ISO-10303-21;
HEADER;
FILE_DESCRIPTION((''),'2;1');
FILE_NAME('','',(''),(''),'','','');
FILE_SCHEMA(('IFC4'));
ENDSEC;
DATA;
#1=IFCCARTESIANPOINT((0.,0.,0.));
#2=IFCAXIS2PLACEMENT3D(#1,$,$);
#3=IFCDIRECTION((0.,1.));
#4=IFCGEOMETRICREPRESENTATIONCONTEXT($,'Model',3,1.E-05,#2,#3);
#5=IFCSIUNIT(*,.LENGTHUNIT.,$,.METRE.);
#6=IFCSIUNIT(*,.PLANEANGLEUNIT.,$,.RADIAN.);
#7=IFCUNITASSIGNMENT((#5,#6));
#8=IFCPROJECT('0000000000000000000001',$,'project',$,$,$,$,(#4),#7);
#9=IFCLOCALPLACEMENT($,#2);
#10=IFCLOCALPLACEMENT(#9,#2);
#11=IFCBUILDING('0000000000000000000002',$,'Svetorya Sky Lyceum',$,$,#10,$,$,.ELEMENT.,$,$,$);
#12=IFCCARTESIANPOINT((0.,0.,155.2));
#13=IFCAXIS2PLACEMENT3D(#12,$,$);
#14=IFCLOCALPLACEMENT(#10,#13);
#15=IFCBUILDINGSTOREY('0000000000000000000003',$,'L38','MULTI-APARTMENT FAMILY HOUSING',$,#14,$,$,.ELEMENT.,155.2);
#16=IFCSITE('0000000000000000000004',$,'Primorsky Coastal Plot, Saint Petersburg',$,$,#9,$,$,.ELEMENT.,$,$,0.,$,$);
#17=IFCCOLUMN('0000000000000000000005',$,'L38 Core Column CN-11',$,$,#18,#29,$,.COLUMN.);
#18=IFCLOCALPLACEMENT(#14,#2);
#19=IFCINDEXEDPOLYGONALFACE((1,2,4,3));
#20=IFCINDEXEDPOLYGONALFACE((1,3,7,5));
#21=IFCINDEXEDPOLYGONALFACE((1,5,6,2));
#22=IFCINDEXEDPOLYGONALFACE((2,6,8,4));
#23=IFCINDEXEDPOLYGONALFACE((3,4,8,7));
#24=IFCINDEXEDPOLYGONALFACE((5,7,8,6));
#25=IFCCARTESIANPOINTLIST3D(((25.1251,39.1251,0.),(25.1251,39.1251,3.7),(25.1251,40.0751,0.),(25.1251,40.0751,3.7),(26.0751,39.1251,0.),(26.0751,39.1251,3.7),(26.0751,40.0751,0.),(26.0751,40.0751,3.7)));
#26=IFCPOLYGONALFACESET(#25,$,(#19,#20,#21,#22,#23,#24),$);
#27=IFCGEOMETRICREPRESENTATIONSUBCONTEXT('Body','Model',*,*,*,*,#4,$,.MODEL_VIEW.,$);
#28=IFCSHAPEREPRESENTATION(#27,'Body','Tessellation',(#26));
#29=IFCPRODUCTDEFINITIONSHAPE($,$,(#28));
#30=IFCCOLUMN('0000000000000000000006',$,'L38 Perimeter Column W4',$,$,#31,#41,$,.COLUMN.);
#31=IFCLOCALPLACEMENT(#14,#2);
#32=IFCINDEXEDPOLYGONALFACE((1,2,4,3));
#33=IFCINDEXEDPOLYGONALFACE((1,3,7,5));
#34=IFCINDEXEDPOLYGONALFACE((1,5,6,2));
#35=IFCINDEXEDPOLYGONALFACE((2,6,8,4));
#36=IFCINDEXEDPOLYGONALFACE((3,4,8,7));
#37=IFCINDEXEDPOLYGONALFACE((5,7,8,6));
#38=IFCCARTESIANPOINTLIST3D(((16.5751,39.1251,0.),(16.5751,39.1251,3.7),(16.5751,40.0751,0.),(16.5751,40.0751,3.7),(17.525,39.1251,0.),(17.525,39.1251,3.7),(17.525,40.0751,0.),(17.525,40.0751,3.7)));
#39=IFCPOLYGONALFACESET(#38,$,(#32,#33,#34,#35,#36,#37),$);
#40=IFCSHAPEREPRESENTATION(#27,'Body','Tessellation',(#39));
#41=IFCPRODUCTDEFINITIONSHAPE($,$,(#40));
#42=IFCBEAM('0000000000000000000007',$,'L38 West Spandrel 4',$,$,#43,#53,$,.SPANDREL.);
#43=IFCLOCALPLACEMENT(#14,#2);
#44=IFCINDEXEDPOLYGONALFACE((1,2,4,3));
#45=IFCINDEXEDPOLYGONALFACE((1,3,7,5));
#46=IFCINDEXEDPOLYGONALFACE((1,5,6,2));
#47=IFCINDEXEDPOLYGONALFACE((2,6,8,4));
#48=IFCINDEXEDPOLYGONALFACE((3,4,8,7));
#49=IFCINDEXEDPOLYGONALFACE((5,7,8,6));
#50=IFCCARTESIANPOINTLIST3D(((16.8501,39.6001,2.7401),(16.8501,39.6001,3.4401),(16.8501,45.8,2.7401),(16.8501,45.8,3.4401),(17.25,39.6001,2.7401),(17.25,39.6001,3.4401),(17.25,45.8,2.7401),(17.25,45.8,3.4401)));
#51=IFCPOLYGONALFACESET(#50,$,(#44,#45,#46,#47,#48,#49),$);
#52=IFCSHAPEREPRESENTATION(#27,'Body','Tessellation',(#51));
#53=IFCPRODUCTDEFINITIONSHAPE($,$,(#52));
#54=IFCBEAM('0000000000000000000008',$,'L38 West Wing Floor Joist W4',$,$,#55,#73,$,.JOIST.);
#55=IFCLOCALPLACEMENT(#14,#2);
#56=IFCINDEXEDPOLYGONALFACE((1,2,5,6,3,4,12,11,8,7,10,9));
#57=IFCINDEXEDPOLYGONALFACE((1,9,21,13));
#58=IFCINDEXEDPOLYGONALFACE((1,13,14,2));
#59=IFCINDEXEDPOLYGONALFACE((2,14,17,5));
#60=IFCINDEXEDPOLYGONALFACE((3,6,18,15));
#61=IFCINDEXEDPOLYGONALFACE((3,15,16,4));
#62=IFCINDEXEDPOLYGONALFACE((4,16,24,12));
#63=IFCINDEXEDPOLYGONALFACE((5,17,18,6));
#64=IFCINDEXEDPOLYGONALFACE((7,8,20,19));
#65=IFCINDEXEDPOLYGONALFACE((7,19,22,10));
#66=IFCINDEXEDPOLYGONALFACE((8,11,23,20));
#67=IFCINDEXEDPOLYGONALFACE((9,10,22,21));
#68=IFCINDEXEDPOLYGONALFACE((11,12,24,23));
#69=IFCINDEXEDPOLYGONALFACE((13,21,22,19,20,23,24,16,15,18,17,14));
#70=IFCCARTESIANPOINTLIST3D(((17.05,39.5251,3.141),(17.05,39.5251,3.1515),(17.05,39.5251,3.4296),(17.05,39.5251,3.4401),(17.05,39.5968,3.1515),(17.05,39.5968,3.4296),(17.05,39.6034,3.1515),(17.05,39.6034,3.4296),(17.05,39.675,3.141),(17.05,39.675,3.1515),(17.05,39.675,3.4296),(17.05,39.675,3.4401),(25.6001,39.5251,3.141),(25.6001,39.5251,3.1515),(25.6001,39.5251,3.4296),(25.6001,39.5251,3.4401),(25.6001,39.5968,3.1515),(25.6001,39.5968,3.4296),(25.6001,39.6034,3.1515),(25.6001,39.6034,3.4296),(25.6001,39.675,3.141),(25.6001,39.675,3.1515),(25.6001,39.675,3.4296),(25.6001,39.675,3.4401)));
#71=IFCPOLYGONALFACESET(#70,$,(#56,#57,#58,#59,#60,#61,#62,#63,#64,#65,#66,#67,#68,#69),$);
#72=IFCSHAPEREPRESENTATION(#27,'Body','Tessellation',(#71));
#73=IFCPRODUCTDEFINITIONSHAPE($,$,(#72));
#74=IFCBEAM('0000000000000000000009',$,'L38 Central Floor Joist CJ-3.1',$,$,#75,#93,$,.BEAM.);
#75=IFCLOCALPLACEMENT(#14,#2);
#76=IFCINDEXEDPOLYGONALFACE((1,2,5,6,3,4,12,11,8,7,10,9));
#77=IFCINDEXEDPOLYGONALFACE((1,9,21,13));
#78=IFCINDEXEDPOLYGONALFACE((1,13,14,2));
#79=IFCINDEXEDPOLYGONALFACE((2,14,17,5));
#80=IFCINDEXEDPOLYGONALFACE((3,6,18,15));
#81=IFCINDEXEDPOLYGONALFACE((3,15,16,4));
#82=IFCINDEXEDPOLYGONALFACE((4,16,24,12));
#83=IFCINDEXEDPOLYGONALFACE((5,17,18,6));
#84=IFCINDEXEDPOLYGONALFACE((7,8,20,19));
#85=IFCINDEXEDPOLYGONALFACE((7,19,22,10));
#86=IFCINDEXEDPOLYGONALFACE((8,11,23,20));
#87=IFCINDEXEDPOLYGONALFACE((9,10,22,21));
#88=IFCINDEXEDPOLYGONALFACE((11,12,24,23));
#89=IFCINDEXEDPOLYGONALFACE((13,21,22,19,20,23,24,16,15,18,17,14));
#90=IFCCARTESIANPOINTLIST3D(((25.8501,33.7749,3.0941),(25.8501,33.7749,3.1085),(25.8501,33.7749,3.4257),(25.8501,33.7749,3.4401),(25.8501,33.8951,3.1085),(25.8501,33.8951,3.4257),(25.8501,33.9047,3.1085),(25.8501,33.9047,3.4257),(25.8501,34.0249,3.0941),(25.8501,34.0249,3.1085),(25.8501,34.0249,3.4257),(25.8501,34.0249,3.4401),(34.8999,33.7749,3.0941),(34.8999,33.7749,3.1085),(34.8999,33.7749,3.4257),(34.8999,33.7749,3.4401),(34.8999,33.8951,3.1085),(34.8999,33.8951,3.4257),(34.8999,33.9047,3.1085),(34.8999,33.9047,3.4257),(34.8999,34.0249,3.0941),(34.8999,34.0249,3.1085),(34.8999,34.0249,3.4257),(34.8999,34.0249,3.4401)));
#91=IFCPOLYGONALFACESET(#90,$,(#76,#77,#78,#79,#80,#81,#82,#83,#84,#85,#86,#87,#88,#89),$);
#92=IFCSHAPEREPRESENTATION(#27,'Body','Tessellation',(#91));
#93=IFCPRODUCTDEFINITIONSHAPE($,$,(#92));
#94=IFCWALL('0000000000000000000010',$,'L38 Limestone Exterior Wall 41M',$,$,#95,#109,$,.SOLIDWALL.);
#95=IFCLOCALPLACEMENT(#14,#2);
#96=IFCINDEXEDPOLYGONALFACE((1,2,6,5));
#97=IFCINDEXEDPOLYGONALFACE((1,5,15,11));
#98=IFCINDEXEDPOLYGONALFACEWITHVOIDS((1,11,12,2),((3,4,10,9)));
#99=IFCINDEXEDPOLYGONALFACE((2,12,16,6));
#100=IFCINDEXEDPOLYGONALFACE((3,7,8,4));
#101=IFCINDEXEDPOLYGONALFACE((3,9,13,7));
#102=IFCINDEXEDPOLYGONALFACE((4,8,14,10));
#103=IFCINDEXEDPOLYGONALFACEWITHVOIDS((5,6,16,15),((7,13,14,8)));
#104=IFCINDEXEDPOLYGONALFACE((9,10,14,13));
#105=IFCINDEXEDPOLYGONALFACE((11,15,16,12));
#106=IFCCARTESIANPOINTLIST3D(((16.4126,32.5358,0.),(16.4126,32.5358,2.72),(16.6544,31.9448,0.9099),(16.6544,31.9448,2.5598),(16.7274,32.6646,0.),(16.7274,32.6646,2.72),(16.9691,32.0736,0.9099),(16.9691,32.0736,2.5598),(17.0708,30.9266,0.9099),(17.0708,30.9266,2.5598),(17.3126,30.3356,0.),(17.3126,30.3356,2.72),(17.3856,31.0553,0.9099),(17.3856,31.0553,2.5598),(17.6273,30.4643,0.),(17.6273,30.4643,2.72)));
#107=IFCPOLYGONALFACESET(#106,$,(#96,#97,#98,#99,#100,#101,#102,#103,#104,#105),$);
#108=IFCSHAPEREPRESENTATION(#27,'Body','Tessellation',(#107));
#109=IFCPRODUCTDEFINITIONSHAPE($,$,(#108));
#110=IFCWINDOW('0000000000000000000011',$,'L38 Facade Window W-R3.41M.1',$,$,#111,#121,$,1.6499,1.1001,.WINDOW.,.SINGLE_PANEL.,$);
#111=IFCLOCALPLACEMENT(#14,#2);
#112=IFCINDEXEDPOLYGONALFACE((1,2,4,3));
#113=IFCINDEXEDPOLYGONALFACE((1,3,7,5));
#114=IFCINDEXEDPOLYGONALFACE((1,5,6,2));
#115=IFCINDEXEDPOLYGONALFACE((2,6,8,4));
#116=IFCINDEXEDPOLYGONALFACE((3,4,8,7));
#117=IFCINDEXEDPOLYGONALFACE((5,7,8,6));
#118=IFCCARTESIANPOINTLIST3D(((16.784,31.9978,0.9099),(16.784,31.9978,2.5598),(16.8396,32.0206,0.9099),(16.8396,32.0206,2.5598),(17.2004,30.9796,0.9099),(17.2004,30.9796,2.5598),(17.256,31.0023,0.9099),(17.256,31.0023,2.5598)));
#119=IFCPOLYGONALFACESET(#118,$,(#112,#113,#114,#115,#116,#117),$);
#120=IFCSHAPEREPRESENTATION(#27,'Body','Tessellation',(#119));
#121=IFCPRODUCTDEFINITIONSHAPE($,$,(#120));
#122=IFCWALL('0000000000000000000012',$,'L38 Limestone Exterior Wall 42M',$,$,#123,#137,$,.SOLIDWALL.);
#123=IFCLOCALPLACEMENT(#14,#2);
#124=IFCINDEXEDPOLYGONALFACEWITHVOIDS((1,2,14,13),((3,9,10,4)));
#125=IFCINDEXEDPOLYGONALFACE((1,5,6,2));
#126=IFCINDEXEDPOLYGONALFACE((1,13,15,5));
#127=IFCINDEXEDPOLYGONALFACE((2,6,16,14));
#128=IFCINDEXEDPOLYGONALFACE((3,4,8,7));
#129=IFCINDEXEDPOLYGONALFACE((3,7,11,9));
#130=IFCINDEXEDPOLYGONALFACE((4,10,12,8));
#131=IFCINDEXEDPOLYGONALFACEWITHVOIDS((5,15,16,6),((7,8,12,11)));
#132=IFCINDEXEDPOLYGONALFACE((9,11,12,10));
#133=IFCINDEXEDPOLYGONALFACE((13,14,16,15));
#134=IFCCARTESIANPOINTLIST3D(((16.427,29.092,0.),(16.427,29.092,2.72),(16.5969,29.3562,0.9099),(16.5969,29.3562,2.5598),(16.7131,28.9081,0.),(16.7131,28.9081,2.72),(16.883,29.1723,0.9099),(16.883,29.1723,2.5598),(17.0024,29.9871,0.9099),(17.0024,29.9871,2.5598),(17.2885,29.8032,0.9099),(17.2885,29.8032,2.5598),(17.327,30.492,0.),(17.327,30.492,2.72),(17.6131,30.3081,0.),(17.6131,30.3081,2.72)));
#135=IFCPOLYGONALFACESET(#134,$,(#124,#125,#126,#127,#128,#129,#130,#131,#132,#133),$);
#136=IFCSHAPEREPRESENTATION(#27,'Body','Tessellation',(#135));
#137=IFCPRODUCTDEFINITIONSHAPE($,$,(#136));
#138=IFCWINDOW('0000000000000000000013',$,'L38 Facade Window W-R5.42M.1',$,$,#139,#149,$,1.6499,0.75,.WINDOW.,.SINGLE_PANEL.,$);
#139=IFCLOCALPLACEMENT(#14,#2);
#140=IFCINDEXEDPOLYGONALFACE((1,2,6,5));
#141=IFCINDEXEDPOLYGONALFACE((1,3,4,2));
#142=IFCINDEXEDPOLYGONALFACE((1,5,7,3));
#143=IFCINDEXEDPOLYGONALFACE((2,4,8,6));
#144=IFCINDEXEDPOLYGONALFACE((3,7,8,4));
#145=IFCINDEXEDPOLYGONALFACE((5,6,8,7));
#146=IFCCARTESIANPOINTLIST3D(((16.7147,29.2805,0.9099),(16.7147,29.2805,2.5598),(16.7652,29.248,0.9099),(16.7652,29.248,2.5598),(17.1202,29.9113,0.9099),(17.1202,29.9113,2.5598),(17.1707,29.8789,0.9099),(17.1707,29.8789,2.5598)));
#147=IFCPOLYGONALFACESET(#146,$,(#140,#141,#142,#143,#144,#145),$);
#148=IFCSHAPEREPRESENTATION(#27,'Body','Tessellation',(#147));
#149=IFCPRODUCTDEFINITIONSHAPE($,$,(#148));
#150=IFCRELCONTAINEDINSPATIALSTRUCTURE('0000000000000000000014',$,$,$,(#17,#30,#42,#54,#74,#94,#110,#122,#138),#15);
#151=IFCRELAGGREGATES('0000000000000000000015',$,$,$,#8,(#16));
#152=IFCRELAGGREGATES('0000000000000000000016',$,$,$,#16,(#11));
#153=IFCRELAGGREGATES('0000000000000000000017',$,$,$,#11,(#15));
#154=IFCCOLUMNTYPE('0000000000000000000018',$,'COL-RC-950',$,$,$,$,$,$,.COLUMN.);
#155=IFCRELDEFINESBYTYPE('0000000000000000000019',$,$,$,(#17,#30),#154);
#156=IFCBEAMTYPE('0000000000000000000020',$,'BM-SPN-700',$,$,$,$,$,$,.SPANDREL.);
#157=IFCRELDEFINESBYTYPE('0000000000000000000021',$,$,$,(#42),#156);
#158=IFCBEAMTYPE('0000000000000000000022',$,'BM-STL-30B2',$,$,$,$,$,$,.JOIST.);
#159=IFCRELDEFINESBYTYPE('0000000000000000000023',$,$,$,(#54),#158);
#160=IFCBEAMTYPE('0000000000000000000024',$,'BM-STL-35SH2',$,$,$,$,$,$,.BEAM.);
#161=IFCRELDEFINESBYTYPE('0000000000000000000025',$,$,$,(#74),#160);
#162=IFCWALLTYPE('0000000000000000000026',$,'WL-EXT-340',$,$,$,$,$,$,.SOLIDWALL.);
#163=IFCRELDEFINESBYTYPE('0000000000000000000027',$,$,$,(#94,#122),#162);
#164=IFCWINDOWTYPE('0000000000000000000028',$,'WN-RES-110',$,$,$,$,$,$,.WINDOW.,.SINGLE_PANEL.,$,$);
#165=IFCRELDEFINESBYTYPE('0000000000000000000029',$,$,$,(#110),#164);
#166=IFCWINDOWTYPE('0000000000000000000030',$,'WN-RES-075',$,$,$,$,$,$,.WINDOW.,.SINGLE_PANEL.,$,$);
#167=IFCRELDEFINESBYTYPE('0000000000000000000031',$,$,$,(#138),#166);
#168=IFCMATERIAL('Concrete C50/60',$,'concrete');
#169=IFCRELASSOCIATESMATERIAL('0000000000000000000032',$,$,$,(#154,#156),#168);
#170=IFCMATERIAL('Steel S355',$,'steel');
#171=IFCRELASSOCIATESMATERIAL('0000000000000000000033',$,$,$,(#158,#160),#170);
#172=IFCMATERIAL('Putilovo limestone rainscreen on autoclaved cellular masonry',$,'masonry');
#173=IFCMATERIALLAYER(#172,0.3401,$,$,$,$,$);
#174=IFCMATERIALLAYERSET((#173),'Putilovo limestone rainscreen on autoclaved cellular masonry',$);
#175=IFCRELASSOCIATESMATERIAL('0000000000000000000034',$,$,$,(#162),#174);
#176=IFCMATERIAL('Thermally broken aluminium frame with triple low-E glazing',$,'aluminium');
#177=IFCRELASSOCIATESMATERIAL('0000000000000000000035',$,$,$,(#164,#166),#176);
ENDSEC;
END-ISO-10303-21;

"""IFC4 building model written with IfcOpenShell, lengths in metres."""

from ifc_helpers import new_model, si_unit, direction, frame, frame_2d, origin, origin_2d, place, context, subcontext, project, spatial, rectangle, i_section, extrude, material, layer, layer_set, material_profile, profile_set, type_object, element, fill, save


model = new_model("IFC4")

# Units and contexts
model_context = context("Model", 3, precision=1e-05, world=origin(), true_north=direction((0.0, 1.0)))
body_context = subcontext(model_context, "Body", "Model", "MODEL_VIEW")
ifc_project = project(units=[si_unit("LENGTHUNIT", "METRE"), si_unit("PLANEANGLEUNIT", "RADIAN")], contexts=[model_context])

# Site, building, storey
site_placement = place(None, origin())
site = spatial("IfcSite", under=ifc_project, at=site_placement, Name="Primorsky Coastal Plot, Saint Petersburg", CompositionType="ELEMENT", RefElevation=0.0)
building_placement = place(site_placement, origin())
building = spatial("IfcBuilding", under=site, at=building_placement, Name="Svetorya Sky Lyceum", CompositionType="ELEMENT")
storey_placement = place(building_placement, frame((0.0, 0.0, 155.2)))
storey = spatial("IfcBuildingStorey", under=building, at=storey_placement, Name="L38", Description="MULTI-APARTMENT FAMILY HOUSING", CompositionType="ELEMENT", Elevation=155.2)

# Columns
ifc_material_1 = material(Name="Concrete C50/60", Category="concrete")
ifc_material_profile_1 = material_profile(ifc_material_1, rectangle(XDim=0.95, YDim=0.95, at=origin_2d()), Name="RC COL 950x950")
ifc_profile_set_1 = profile_set([ifc_material_profile_1], Name="Concrete C50/60")
column_type = type_object("IfcColumnType", Name="COL-RC-950", PredefinedType="COLUMN", material=ifc_profile_set_1)
for number, where, z_axis, x_axis, name in (
    (1, (25.6001, 39.6001, 0.0), (0.0, 0.0, 1.0), (1.0, 0.0, 0.0), "L38 Core Column CN-11"),
    (2, (17.05, 39.6001, 0.0), (0.0, 0.0, 1.0), (1.0, 0.0, 0.0), "L38 Perimeter Column W4"),
):
    element("IfcColumn", number, at=place(storey_placement, frame(where, z_axis=z_axis, x_axis=x_axis)), inside=storey, type_object=column_type, Name=name, PredefinedType="COLUMN", context=body_context, shape_type="SweptSolid", body=[
        extrude(rectangle(XDim=0.95, YDim=0.95, at=origin_2d()), origin(), (0.0, 0.0, 1.0), 3.7),
    ])

# Beams
ifc_material_profile_2 = material_profile(ifc_material_1, rectangle(XDim=0.3999, YDim=0.7, at=origin_2d()), Name="RC SPANDREL 400x700")
ifc_profile_set_2 = profile_set([ifc_material_profile_2], Name="Concrete C50/60")
beam_type_1 = type_object("IfcBeamType", Name="BM-SPN-700", PredefinedType="SPANDREL", material=ifc_profile_set_2)
beam_1_placement = place(storey_placement, frame((17.05, 39.6001, 3.0901), z_axis=(0.0, 1.0, 0.0), x_axis=(-1.0, 0.0, 0.0)))
element("IfcBeam", 3, at=beam_1_placement, inside=storey, type_object=beam_type_1, Name="L38 West Spandrel 4", PredefinedType="SPANDREL", context=body_context, shape_type="SweptSolid", body=[
    extrude(rectangle(XDim=0.3999, YDim=0.7, at=origin_2d()), origin(), (0.0, 0.0, 1.0), 6.2),
])
ifc_material_2 = material(Name="Steel S355", Category="steel")
ifc_material_profile_3 = material_profile(ifc_material_2, i_section(OverallWidth=0.1499, OverallDepth=0.2991, WebThickness=0.0066, FlangeThickness=0.0105, at=origin_2d()), Name="GOST 30B2")
ifc_profile_set_3 = profile_set([ifc_material_profile_3], Name="Steel S355")
beam_type_2 = type_object("IfcBeamType", Name="BM-STL-30B2", PredefinedType="JOIST", material=ifc_profile_set_3)
beam_2_placement = place(storey_placement, frame((17.05, 39.6001, 3.2905), z_axis=(1.0, 0.0, 0.0), x_axis=(0.0, 1.0, 0.0)))
element("IfcBeam", 4, at=beam_2_placement, inside=storey, type_object=beam_type_2, Name="L38 West Wing Floor Joist W4", PredefinedType="JOIST", context=body_context, shape_type="SweptSolid", body=[
    extrude(i_section(OverallWidth=0.1499, OverallDepth=0.2991, WebThickness=0.0066, FlangeThickness=0.0105, at=origin_2d()), origin(), (0.0, 0.0, 1.0), 8.55),
])
ifc_material_profile_4 = material_profile(ifc_material_2, i_section(OverallWidth=0.25, OverallDepth=0.3459, WebThickness=0.0095, FlangeThickness=0.0144, at=origin_2d()), Name="GOST 35Sh2")
ifc_profile_set_4 = profile_set([ifc_material_profile_4], Name="Steel S355")
beam_type_3 = type_object("IfcBeamType", Name="BM-STL-35SH2", PredefinedType="BEAM", material=ifc_profile_set_4)
beam_3_placement = place(storey_placement, frame((25.8501, 33.8999, 3.2671), z_axis=(1.0, 0.0, 0.0), x_axis=(0.0, 1.0, 0.0)))
element("IfcBeam", 5, at=beam_3_placement, inside=storey, type_object=beam_type_3, Name="L38 Central Floor Joist CJ-3.1", PredefinedType="BEAM", context=body_context, shape_type="SweptSolid", body=[
    extrude(i_section(OverallWidth=0.25, OverallDepth=0.3459, WebThickness=0.0095, FlangeThickness=0.0144, at=origin_2d()), origin(), (0.0, 0.0, 1.0), 9.0498),
])

# Walls, openings, windows
ifc_material_3 = material(Name="Putilovo limestone rainscreen on autoclaved cellular masonry", Category="masonry")
ifc_layer_1 = layer(ifc_material_3, 0.3401)
ifc_layer_set_1 = layer_set([ifc_layer_1], Name="Putilovo limestone rainscreen on autoclaved cellular masonry")
wall_type_1 = type_object("IfcWallType", Name="WL-EXT-340", PredefinedType="SOLIDWALL", material=ifc_layer_set_1)
wall_1_placement = place(storey_placement, frame((16.5701, 32.6001, 0.0), z_axis=(0.0, 0.0, 1.0), x_axis=(0.378569, -0.925573, 0.0)))
wall_1 = element("IfcWall", 6, at=wall_1_placement, inside=storey, type_object=wall_type_1, Name="L38 Limestone Exterior Wall 41M", PredefinedType="SOLIDWALL", context=body_context, shape_type="SweptSolid", body=[
    extrude(rectangle(XDim=2.3772, YDim=0.3401, at=frame_2d((1.1885, 0.0))), origin(), (0.0, 0.0, 1.0), 2.72),
])
opening_1_placement = place(wall_1_placement, frame((0.6384, 0.0, 0.9099)))
opening_1 = element("IfcOpeningElement", 7, at=opening_1_placement, cuts=wall_1, PredefinedType="OPENING", context=body_context, shape_type="SweptSolid", body=[
    extrude(rectangle(XDim=1.1001, YDim=1.6499, at=frame_2d((0.55, 0.825))), frame((0.0, 0.1799, 0.0), z_axis=(0.0, -1.0, 0.0), x_axis=(1.0, 0.0, 0.0)), (0.0, 0.0, 1.0), 0.3601),
])
ifc_material_4 = material(Name="Thermally broken aluminium frame with triple low-E glazing", Category="aluminium")
window_type_1 = type_object("IfcWindowType", Name="WN-RES-110", PartitioningType="SINGLE_PANEL", PredefinedType="WINDOW", material=ifc_material_4)
window_1_placement = place(opening_1_placement, origin())
window_1 = element("IfcWindow", 8, at=window_1_placement, inside=storey, type_object=window_type_1, Name="L38 Facade Window W-R3.41M.1", OverallHeight=1.6499, OverallWidth=1.1001, PartitioningType="SINGLE_PANEL", PredefinedType="WINDOW", context=body_context, shape_type="SweptSolid", body=[
    extrude(rectangle(XDim=1.1001, YDim=1.6499, at=frame_2d((0.55, 0.825))), frame((0.0, 0.03, 0.0), z_axis=(0.0, -1.0, 0.0), x_axis=(1.0, 0.0, 0.0)), (0.0, 0.0, 1.0), 0.0601),
])
fill(opening_1, window_1)
wall_2_placement = place(storey_placement, frame((17.47, 30.3999, 0.0), z_axis=(0.0, 0.0, 1.0), x_axis=(-0.540743, -0.841188, 0.0)))
wall_2 = element("IfcWall", 9, at=wall_2_placement, inside=storey, type_object=wall_type_1, Name="L38 Limestone Exterior Wall 42M", PredefinedType="SOLIDWALL", context=body_context, shape_type="SweptSolid", body=[
    extrude(rectangle(XDim=1.6643, YDim=0.3401, at=frame_2d((0.832, 0.0))), origin(), (0.0, 0.0, 1.0), 2.72),
])
opening_2_placement = place(wall_2_placement, frame((0.6001, 0.0, 0.9099)))
opening_2 = element("IfcOpeningElement", 10, at=opening_2_placement, cuts=wall_2, PredefinedType="OPENING", context=body_context, shape_type="SweptSolid", body=[
    extrude(rectangle(XDim=0.75, YDim=1.6499, at=frame_2d((0.375, 0.825))), frame((0.0, 0.1799, 0.0), z_axis=(0.0, -1.0, 0.0), x_axis=(1.0, 0.0, 0.0)), (0.0, 0.0, 1.0), 0.3601),
])
window_type_2 = type_object("IfcWindowType", Name="WN-RES-075", PartitioningType="SINGLE_PANEL", PredefinedType="WINDOW", material=ifc_material_4)
window_2_placement = place(opening_2_placement, origin())
window_2 = element("IfcWindow", 11, at=window_2_placement, inside=storey, type_object=window_type_2, Name="L38 Facade Window W-R5.42M.1", OverallHeight=1.6499, OverallWidth=0.75, PartitioningType="SINGLE_PANEL", PredefinedType="WINDOW", context=body_context, shape_type="SweptSolid", body=[
    extrude(rectangle(XDim=0.75, YDim=1.6499, at=frame_2d((0.375, 0.825))), frame((0.0, 0.03, 0.0), z_axis=(0.0, -1.0, 0.0), x_axis=(1.0, 0.0, 0.0)), (0.0, 0.0, 1.0), 0.0601),
])
fill(opening_2, window_2)

save(model, "model.ifc")
